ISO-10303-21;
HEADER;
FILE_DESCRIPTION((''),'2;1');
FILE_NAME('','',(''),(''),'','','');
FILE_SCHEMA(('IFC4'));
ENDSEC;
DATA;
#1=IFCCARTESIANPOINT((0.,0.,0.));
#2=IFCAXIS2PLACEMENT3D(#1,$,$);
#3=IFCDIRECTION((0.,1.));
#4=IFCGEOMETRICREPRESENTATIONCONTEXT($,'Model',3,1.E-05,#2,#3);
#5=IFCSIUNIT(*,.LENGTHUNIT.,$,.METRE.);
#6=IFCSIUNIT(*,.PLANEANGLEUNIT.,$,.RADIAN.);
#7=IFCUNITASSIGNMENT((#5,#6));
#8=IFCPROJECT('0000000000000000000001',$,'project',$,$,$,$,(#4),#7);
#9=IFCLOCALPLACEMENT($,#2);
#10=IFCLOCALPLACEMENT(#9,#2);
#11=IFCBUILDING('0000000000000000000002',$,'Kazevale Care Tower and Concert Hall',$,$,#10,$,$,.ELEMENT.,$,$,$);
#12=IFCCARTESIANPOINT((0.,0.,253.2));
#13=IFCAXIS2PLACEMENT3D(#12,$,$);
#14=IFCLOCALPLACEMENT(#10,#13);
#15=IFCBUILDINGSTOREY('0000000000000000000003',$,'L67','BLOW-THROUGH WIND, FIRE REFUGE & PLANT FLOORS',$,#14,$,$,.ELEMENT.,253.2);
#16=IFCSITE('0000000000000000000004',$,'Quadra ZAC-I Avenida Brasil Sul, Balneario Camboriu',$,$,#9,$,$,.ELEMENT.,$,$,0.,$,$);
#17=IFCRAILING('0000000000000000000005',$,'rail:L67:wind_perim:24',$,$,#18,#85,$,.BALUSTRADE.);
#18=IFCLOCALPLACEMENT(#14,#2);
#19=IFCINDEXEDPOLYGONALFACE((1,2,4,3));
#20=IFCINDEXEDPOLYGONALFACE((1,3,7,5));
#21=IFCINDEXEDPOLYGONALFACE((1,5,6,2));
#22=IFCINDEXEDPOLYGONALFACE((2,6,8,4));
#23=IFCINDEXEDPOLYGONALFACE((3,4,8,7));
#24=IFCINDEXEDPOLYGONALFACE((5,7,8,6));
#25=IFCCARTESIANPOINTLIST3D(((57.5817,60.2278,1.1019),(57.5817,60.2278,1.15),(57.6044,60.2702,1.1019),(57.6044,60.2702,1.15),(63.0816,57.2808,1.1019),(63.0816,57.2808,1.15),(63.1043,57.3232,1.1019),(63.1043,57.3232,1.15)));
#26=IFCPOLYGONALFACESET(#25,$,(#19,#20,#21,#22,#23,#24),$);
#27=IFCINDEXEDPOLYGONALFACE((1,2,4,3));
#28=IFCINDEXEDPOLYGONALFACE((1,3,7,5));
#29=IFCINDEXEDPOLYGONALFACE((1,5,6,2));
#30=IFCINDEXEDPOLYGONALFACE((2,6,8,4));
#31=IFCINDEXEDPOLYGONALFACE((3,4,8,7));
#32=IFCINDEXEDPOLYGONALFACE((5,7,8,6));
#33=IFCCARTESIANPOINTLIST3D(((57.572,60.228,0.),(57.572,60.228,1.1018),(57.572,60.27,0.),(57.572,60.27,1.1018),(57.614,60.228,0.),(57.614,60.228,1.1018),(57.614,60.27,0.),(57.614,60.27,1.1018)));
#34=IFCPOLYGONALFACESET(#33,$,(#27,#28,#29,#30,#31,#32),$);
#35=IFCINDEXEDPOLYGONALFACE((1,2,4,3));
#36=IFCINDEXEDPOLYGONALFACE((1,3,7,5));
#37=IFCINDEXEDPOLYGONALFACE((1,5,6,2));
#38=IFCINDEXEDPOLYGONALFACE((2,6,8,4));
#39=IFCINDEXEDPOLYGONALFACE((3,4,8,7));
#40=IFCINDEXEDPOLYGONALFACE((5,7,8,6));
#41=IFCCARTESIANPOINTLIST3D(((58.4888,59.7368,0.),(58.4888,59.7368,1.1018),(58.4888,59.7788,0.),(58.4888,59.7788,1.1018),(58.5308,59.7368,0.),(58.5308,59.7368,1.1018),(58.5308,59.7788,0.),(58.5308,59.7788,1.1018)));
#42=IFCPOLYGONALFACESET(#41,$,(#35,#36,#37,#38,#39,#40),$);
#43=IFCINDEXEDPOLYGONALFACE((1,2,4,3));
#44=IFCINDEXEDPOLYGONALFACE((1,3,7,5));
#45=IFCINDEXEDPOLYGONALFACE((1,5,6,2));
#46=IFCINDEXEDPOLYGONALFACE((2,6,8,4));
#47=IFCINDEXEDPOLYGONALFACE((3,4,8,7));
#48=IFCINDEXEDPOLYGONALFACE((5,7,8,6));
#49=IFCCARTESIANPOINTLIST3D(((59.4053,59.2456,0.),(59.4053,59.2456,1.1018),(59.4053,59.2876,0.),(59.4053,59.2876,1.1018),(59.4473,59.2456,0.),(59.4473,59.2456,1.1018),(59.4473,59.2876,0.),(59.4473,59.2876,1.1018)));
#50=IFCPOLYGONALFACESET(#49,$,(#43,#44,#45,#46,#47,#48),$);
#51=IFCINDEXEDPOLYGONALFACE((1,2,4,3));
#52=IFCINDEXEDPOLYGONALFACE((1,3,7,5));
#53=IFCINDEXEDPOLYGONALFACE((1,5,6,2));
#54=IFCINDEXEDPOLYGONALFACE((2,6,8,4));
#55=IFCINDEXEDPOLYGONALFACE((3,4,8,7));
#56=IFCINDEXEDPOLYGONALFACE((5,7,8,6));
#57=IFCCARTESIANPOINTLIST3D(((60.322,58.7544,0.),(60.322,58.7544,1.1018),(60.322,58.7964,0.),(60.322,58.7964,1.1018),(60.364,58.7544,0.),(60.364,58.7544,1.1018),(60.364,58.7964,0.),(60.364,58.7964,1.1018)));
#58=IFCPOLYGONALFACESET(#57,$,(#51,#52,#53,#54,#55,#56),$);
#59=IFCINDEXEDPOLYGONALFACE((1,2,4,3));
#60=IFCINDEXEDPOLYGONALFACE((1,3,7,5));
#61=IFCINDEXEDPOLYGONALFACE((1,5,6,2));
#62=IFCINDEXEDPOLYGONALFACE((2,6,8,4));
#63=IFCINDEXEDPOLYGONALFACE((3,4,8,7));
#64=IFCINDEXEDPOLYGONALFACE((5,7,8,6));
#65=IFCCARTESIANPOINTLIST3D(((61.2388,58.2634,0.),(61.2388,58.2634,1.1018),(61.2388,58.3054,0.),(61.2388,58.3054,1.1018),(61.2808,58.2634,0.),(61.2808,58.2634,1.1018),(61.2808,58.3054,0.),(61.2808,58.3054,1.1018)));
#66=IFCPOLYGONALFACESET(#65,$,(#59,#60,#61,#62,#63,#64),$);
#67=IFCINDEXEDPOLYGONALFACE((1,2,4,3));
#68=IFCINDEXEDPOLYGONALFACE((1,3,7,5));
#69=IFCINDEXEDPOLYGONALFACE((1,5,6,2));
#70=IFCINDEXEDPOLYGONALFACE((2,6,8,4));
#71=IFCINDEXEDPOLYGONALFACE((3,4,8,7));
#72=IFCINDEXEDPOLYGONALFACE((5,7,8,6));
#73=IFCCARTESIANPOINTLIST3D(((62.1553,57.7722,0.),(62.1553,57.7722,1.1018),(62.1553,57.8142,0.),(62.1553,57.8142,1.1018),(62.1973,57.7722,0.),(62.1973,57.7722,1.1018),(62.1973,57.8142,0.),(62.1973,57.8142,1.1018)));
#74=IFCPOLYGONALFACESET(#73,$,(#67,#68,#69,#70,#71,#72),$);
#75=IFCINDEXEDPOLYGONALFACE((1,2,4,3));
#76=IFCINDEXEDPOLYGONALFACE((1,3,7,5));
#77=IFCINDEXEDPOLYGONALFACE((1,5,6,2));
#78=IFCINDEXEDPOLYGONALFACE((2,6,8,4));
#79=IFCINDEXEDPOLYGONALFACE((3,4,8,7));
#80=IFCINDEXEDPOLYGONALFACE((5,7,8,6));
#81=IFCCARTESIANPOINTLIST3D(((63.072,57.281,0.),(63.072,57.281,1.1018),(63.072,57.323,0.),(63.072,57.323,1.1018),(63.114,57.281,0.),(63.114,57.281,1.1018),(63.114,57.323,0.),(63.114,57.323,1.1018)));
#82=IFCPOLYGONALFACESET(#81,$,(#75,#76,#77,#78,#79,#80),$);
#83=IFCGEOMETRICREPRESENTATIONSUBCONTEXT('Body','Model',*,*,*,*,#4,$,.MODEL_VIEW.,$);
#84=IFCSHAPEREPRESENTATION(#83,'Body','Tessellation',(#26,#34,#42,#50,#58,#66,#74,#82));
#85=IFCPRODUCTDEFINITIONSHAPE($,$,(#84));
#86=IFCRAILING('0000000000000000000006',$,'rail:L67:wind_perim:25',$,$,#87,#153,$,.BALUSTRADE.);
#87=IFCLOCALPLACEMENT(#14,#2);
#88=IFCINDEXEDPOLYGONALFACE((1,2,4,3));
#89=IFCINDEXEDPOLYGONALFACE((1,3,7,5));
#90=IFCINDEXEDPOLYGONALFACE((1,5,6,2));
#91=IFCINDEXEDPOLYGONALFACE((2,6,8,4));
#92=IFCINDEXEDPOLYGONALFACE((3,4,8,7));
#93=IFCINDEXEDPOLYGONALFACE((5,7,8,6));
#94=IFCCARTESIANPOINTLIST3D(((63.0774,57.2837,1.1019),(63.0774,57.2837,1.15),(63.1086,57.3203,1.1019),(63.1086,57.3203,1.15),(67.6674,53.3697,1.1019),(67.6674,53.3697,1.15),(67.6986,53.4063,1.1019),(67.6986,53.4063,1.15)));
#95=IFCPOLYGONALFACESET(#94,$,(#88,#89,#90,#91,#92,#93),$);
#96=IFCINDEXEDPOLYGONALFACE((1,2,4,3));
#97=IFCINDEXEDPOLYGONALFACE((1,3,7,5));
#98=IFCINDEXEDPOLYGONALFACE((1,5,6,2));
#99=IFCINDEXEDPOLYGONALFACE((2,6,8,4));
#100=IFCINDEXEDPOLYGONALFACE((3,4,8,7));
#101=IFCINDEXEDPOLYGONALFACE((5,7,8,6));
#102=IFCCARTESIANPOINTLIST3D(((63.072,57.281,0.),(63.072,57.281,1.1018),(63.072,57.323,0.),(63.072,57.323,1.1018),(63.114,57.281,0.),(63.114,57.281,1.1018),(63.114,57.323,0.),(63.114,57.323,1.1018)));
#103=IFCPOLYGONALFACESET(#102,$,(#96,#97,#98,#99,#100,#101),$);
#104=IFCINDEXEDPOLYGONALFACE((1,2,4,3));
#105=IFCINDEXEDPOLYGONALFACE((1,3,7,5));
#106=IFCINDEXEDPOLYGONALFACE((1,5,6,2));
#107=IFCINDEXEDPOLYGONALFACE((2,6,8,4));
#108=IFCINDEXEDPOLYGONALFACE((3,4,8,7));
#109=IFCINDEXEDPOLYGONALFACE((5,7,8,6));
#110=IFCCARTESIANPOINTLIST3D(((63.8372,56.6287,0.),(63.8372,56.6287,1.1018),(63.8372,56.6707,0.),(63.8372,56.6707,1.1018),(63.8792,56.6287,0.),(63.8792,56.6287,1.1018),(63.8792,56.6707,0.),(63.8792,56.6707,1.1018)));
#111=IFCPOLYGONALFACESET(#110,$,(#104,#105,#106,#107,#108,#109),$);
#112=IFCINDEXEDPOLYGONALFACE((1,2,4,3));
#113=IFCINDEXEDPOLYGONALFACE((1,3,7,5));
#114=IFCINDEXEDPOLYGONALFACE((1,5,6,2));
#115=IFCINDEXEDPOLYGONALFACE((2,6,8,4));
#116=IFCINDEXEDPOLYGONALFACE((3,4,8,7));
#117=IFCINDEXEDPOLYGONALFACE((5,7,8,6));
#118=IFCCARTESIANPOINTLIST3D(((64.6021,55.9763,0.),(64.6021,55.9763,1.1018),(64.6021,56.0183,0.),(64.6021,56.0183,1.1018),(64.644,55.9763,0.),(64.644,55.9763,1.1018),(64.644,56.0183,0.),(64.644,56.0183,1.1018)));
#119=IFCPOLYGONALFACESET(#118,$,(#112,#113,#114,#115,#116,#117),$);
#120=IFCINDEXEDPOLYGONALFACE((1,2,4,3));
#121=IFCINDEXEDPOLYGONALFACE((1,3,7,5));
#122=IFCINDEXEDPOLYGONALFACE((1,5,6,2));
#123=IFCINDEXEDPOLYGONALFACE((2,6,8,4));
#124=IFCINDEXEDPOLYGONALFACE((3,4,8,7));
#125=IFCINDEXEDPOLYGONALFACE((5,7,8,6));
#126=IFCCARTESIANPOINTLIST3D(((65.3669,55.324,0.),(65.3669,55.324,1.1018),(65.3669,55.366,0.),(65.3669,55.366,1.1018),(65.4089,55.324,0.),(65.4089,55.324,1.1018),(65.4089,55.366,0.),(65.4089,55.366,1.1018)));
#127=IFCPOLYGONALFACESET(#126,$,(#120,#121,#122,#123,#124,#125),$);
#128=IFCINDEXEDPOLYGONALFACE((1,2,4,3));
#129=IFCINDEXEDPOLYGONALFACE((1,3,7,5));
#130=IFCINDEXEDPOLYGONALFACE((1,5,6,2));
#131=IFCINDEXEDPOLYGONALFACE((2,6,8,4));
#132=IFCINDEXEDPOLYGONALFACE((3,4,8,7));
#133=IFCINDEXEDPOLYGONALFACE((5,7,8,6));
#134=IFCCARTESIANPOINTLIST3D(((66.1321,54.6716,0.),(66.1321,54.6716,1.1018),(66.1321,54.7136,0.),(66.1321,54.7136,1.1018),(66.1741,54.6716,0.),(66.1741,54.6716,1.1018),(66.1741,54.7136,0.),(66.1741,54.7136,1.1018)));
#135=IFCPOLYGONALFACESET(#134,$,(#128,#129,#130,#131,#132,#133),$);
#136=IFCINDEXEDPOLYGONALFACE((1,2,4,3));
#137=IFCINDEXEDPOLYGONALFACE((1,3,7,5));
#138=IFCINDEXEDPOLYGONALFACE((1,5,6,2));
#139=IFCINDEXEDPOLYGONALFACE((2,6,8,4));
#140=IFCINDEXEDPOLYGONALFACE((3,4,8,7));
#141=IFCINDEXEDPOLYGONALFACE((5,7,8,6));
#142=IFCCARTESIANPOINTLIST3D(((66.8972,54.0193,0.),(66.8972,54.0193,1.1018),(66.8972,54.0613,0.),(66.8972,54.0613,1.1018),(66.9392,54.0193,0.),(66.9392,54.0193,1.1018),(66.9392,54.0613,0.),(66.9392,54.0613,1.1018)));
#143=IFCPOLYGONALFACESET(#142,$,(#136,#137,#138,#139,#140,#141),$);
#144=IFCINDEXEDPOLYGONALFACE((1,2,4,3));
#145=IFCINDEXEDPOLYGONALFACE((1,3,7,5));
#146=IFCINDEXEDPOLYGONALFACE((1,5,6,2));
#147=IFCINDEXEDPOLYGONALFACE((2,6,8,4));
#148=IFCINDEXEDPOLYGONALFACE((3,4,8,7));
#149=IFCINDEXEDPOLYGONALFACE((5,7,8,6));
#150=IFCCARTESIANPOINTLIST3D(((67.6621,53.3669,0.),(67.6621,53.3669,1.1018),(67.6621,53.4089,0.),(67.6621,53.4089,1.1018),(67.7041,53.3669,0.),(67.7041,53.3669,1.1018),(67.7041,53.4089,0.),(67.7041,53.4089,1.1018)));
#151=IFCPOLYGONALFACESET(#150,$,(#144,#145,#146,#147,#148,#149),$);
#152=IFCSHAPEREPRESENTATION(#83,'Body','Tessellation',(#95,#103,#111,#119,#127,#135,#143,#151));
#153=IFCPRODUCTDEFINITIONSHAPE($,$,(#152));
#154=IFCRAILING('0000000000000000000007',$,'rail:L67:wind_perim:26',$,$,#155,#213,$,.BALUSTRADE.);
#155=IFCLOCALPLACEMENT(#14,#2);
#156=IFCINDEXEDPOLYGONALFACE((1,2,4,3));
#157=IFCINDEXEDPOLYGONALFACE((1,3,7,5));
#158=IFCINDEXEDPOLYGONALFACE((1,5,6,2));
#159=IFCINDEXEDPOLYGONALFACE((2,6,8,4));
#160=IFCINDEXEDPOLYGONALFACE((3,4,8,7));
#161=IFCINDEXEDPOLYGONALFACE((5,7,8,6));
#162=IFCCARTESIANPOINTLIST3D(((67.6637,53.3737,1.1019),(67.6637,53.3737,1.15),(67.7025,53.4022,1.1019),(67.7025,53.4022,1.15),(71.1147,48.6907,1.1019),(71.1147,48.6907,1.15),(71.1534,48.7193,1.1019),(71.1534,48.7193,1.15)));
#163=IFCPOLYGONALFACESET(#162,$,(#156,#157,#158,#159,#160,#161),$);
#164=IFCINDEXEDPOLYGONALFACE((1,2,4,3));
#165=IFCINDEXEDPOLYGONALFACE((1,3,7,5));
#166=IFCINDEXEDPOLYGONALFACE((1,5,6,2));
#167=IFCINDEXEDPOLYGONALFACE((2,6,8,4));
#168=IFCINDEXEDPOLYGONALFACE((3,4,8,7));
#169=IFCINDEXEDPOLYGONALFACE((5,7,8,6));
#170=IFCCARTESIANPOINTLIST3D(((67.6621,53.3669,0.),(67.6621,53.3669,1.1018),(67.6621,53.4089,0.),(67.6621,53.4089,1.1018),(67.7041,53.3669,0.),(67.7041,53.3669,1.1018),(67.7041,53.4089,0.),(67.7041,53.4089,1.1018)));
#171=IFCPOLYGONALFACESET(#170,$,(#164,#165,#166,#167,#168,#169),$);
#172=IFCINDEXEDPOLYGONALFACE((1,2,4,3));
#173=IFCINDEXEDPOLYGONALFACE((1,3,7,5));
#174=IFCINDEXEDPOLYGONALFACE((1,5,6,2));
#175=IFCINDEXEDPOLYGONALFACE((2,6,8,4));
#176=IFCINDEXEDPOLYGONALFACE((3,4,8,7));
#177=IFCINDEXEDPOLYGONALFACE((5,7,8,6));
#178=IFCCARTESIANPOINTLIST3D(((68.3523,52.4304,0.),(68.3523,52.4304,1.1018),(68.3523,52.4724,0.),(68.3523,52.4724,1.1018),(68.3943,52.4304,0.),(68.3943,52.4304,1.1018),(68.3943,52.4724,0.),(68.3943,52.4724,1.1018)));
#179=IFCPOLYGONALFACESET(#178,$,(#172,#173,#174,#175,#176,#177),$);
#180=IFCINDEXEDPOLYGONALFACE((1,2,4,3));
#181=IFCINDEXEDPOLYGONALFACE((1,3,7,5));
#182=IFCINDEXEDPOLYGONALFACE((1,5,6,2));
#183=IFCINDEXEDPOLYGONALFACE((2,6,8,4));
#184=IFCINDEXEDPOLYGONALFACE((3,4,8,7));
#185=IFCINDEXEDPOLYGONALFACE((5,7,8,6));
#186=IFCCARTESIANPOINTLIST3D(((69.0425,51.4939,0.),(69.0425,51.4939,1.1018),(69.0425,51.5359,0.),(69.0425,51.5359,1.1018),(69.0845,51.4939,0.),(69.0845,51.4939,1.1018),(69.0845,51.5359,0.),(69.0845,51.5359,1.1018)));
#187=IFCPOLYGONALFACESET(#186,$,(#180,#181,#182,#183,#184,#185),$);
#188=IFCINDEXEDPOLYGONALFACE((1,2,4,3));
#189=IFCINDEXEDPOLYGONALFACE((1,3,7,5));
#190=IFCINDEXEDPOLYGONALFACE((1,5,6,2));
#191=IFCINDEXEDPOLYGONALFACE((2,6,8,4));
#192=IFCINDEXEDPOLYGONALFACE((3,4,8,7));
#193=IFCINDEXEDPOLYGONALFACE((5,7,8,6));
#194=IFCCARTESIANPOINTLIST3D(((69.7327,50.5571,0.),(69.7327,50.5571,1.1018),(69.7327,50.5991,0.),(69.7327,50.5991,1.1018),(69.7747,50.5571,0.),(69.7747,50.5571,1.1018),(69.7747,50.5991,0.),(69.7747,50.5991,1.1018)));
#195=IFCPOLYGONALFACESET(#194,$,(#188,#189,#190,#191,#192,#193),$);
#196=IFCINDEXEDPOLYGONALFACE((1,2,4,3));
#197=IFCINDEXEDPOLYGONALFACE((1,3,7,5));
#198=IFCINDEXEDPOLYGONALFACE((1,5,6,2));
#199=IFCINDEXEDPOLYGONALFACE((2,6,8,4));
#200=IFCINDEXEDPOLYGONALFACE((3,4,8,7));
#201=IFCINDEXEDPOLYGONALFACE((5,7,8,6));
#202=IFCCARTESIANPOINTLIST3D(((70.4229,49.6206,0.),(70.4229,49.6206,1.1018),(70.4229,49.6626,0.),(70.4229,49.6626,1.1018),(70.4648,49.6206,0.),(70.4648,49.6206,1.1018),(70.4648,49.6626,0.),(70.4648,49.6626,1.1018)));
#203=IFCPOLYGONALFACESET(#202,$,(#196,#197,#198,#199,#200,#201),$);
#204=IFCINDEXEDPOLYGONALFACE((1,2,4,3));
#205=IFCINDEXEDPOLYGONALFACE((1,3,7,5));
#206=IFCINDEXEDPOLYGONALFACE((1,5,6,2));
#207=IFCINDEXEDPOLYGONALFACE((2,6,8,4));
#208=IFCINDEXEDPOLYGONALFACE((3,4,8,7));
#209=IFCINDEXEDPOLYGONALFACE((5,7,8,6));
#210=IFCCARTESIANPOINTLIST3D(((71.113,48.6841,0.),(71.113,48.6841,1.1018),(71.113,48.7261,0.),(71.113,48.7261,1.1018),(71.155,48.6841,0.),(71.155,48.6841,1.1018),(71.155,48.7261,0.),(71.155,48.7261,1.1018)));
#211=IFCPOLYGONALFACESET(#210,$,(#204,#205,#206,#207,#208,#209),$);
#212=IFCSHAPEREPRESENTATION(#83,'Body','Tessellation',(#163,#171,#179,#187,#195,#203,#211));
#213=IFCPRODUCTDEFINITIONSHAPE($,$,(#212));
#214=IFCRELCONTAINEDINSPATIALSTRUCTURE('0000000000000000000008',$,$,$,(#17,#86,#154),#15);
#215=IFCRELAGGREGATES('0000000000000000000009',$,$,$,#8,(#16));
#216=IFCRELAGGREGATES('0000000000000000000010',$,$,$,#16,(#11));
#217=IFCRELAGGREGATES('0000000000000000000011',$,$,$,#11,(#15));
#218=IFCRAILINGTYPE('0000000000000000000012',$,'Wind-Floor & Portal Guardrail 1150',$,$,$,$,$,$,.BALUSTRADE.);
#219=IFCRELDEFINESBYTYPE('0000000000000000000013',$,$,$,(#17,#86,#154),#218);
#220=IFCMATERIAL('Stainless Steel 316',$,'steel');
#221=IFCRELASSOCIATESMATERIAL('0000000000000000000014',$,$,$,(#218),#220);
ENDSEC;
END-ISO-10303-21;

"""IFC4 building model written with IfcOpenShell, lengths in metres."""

from ifc_helpers import new_model, si_unit, direction, frame, origin, origin_2d, place, context, subcontext, project, spatial, rectangle, extrude, material, type_object, element, save


model = new_model("IFC4")

# Units and contexts
model_context = context("Model", 3, precision=1e-05, world=origin(), true_north=direction((0.0, 1.0)))
body_context = subcontext(model_context, "Body", "Model", "MODEL_VIEW")
ifc_project = project(units=[si_unit("LENGTHUNIT", "METRE"), si_unit("PLANEANGLEUNIT", "RADIAN")], contexts=[model_context])

# Site, building, storey
site_placement = place(None, origin())
site = spatial("IfcSite", under=ifc_project, at=site_placement, Name="Quadra ZAC-I Avenida Brasil Sul, Balneario Camboriu", CompositionType="ELEMENT", RefElevation=0.0)
building_placement = place(site_placement, origin())
building = spatial("IfcBuilding", under=site, at=building_placement, Name="Kazevale Care Tower and Concert Hall", CompositionType="ELEMENT")
storey_placement = place(building_placement, frame((0.0, 0.0, 253.2)))
storey = spatial("IfcBuildingStorey", under=building, at=storey_placement, Name="L67", Description="BLOW-THROUGH WIND, FIRE REFUGE & PLANT FLOORS", CompositionType="ELEMENT", Elevation=253.2)

# Railings
ifc_material_1 = material(Name="Stainless Steel 316", Category="steel")
railing_type = type_object("IfcRailingType", Name="Wind-Floor & Portal Guardrail 1150", PredefinedType="BALUSTRADE", material=ifc_material_1)
railing_1_placement = place(storey_placement, frame((57.593, 60.249, 0.0)))
element("IfcRailing", 1, at=railing_1_placement, inside=storey, type_object=railing_type, Name="rail:L67:wind_perim:24", PredefinedType="BALUSTRADE", context=body_context, shape_type="SweptSolid", body=[
    extrude(rectangle(XDim=0.0481, YDim=0.0481, at=origin_2d()), frame((0.0, 0.0, 1.126), z_axis=(0.88144, -0.472295, 0.0), x_axis=(0.472295, 0.88144, 0.0)), (0.0, 0.0, 1.0), 6.2397),
    extrude(rectangle(XDim=0.042, YDim=0.042, at=origin_2d()), origin(), (0.0, 0.0, 1.0), 1.1018),
    extrude(rectangle(XDim=0.042, YDim=0.042, at=origin_2d()), frame((0.9167, -0.4912, 0.0)), (0.0, 0.0, 1.0), 1.1018),
    extrude(rectangle(XDim=0.042, YDim=0.042, at=origin_2d()), frame((1.8333, -0.9824, 0.0)), (0.0, 0.0, 1.0), 1.1018),
    extrude(rectangle(XDim=0.042, YDim=0.042, at=origin_2d()), frame((2.75, -1.4736, 0.0)), (0.0, 0.0, 1.0), 1.1018),
    extrude(rectangle(XDim=0.042, YDim=0.042, at=origin_2d()), frame((3.6667, -1.9646, 0.0)), (0.0, 0.0, 1.0), 1.1018),
    extrude(rectangle(XDim=0.042, YDim=0.042, at=origin_2d()), frame((4.5833, -2.4558, 0.0)), (0.0, 0.0, 1.0), 1.1018),
    extrude(rectangle(XDim=0.042, YDim=0.042, at=origin_2d()), frame((5.5, -2.947, 0.0)), (0.0, 0.0, 1.0), 1.1018),
])
railing_2_placement = place(storey_placement, frame((63.093, 57.302, 0.0)))
element("IfcRailing", 2, at=railing_2_placement, inside=storey, type_object=railing_type, Name="rail:L67:wind_perim:25", PredefinedType="BALUSTRADE", context=body_context, shape_type="SweptSolid", body=[
    extrude(rectangle(XDim=0.0481, YDim=0.0481, at=origin_2d()), frame((0.0, 0.0, 1.126), z_axis=(0.760917, -0.648849, 0.0), x_axis=(0.648849, 0.760917, 0.0)), (0.0, 0.0, 1.0), 6.0322),
    extrude(rectangle(XDim=0.042, YDim=0.042, at=origin_2d()), origin(), (0.0, 0.0, 1.0), 1.1018),
    extrude(rectangle(XDim=0.042, YDim=0.042, at=origin_2d()), frame((0.7651, -0.6523, 0.0)), (0.0, 0.0, 1.0), 1.1018),
    extrude(rectangle(XDim=0.042, YDim=0.042, at=origin_2d()), frame((1.53, -1.3047, 0.0)), (0.0, 0.0, 1.0), 1.1018),
    extrude(rectangle(XDim=0.042, YDim=0.042, at=origin_2d()), frame((2.2949, -1.957, 0.0)), (0.0, 0.0, 1.0), 1.1018),
    extrude(rectangle(XDim=0.042, YDim=0.042, at=origin_2d()), frame((3.0601, -2.6094, 0.0)), (0.0, 0.0, 1.0), 1.1018),
    extrude(rectangle(XDim=0.042, YDim=0.042, at=origin_2d()), frame((3.8252, -3.2617, 0.0)), (0.0, 0.0, 1.0), 1.1018),
    extrude(rectangle(XDim=0.042, YDim=0.042, at=origin_2d()), frame((4.5901, -3.9141, 0.0)), (0.0, 0.0, 1.0), 1.1018),
])
railing_3_placement = place(storey_placement, frame((67.6831, 53.3879, 0.0)))
element("IfcRailing", 3, at=railing_3_placement, inside=storey, type_object=railing_type, Name="rail:L67:wind_perim:26", PredefinedType="BALUSTRADE", context=body_context, shape_type="SweptSolid", body=[
    extrude(rectangle(XDim=0.0481, YDim=0.0481, at=origin_2d()), frame((0.0, 0.0, 1.126), z_axis=(0.593243, -0.805023, 0.0), x_axis=(0.805023, 0.593243, 0.0)), (0.0, 0.0, 1.0), 5.8171),
    extrude(rectangle(XDim=0.042, YDim=0.042, at=origin_2d()), origin(), (0.0, 0.0, 1.0), 1.1018),
    extrude(rectangle(XDim=0.042, YDim=0.042, at=origin_2d()), frame((0.6902, -0.9365, 0.0)), (0.0, 0.0, 1.0), 1.1018),
    extrude(rectangle(XDim=0.042, YDim=0.042, at=origin_2d()), frame((1.3804, -1.873, 0.0)), (0.0, 0.0, 1.0), 1.1018),
    extrude(rectangle(XDim=0.042, YDim=0.042, at=origin_2d()), frame((2.0706, -2.8098, 0.0)), (0.0, 0.0, 1.0), 1.1018),
    extrude(rectangle(XDim=0.042, YDim=0.042, at=origin_2d()), frame((2.7607, -3.7463, 0.0)), (0.0, 0.0, 1.0), 1.1018),
    extrude(rectangle(XDim=0.042, YDim=0.042, at=origin_2d()), frame((3.4509, -4.6829, 0.0)), (0.0, 0.0, 1.0), 1.1018),
])

save(model, "model.ifc")
